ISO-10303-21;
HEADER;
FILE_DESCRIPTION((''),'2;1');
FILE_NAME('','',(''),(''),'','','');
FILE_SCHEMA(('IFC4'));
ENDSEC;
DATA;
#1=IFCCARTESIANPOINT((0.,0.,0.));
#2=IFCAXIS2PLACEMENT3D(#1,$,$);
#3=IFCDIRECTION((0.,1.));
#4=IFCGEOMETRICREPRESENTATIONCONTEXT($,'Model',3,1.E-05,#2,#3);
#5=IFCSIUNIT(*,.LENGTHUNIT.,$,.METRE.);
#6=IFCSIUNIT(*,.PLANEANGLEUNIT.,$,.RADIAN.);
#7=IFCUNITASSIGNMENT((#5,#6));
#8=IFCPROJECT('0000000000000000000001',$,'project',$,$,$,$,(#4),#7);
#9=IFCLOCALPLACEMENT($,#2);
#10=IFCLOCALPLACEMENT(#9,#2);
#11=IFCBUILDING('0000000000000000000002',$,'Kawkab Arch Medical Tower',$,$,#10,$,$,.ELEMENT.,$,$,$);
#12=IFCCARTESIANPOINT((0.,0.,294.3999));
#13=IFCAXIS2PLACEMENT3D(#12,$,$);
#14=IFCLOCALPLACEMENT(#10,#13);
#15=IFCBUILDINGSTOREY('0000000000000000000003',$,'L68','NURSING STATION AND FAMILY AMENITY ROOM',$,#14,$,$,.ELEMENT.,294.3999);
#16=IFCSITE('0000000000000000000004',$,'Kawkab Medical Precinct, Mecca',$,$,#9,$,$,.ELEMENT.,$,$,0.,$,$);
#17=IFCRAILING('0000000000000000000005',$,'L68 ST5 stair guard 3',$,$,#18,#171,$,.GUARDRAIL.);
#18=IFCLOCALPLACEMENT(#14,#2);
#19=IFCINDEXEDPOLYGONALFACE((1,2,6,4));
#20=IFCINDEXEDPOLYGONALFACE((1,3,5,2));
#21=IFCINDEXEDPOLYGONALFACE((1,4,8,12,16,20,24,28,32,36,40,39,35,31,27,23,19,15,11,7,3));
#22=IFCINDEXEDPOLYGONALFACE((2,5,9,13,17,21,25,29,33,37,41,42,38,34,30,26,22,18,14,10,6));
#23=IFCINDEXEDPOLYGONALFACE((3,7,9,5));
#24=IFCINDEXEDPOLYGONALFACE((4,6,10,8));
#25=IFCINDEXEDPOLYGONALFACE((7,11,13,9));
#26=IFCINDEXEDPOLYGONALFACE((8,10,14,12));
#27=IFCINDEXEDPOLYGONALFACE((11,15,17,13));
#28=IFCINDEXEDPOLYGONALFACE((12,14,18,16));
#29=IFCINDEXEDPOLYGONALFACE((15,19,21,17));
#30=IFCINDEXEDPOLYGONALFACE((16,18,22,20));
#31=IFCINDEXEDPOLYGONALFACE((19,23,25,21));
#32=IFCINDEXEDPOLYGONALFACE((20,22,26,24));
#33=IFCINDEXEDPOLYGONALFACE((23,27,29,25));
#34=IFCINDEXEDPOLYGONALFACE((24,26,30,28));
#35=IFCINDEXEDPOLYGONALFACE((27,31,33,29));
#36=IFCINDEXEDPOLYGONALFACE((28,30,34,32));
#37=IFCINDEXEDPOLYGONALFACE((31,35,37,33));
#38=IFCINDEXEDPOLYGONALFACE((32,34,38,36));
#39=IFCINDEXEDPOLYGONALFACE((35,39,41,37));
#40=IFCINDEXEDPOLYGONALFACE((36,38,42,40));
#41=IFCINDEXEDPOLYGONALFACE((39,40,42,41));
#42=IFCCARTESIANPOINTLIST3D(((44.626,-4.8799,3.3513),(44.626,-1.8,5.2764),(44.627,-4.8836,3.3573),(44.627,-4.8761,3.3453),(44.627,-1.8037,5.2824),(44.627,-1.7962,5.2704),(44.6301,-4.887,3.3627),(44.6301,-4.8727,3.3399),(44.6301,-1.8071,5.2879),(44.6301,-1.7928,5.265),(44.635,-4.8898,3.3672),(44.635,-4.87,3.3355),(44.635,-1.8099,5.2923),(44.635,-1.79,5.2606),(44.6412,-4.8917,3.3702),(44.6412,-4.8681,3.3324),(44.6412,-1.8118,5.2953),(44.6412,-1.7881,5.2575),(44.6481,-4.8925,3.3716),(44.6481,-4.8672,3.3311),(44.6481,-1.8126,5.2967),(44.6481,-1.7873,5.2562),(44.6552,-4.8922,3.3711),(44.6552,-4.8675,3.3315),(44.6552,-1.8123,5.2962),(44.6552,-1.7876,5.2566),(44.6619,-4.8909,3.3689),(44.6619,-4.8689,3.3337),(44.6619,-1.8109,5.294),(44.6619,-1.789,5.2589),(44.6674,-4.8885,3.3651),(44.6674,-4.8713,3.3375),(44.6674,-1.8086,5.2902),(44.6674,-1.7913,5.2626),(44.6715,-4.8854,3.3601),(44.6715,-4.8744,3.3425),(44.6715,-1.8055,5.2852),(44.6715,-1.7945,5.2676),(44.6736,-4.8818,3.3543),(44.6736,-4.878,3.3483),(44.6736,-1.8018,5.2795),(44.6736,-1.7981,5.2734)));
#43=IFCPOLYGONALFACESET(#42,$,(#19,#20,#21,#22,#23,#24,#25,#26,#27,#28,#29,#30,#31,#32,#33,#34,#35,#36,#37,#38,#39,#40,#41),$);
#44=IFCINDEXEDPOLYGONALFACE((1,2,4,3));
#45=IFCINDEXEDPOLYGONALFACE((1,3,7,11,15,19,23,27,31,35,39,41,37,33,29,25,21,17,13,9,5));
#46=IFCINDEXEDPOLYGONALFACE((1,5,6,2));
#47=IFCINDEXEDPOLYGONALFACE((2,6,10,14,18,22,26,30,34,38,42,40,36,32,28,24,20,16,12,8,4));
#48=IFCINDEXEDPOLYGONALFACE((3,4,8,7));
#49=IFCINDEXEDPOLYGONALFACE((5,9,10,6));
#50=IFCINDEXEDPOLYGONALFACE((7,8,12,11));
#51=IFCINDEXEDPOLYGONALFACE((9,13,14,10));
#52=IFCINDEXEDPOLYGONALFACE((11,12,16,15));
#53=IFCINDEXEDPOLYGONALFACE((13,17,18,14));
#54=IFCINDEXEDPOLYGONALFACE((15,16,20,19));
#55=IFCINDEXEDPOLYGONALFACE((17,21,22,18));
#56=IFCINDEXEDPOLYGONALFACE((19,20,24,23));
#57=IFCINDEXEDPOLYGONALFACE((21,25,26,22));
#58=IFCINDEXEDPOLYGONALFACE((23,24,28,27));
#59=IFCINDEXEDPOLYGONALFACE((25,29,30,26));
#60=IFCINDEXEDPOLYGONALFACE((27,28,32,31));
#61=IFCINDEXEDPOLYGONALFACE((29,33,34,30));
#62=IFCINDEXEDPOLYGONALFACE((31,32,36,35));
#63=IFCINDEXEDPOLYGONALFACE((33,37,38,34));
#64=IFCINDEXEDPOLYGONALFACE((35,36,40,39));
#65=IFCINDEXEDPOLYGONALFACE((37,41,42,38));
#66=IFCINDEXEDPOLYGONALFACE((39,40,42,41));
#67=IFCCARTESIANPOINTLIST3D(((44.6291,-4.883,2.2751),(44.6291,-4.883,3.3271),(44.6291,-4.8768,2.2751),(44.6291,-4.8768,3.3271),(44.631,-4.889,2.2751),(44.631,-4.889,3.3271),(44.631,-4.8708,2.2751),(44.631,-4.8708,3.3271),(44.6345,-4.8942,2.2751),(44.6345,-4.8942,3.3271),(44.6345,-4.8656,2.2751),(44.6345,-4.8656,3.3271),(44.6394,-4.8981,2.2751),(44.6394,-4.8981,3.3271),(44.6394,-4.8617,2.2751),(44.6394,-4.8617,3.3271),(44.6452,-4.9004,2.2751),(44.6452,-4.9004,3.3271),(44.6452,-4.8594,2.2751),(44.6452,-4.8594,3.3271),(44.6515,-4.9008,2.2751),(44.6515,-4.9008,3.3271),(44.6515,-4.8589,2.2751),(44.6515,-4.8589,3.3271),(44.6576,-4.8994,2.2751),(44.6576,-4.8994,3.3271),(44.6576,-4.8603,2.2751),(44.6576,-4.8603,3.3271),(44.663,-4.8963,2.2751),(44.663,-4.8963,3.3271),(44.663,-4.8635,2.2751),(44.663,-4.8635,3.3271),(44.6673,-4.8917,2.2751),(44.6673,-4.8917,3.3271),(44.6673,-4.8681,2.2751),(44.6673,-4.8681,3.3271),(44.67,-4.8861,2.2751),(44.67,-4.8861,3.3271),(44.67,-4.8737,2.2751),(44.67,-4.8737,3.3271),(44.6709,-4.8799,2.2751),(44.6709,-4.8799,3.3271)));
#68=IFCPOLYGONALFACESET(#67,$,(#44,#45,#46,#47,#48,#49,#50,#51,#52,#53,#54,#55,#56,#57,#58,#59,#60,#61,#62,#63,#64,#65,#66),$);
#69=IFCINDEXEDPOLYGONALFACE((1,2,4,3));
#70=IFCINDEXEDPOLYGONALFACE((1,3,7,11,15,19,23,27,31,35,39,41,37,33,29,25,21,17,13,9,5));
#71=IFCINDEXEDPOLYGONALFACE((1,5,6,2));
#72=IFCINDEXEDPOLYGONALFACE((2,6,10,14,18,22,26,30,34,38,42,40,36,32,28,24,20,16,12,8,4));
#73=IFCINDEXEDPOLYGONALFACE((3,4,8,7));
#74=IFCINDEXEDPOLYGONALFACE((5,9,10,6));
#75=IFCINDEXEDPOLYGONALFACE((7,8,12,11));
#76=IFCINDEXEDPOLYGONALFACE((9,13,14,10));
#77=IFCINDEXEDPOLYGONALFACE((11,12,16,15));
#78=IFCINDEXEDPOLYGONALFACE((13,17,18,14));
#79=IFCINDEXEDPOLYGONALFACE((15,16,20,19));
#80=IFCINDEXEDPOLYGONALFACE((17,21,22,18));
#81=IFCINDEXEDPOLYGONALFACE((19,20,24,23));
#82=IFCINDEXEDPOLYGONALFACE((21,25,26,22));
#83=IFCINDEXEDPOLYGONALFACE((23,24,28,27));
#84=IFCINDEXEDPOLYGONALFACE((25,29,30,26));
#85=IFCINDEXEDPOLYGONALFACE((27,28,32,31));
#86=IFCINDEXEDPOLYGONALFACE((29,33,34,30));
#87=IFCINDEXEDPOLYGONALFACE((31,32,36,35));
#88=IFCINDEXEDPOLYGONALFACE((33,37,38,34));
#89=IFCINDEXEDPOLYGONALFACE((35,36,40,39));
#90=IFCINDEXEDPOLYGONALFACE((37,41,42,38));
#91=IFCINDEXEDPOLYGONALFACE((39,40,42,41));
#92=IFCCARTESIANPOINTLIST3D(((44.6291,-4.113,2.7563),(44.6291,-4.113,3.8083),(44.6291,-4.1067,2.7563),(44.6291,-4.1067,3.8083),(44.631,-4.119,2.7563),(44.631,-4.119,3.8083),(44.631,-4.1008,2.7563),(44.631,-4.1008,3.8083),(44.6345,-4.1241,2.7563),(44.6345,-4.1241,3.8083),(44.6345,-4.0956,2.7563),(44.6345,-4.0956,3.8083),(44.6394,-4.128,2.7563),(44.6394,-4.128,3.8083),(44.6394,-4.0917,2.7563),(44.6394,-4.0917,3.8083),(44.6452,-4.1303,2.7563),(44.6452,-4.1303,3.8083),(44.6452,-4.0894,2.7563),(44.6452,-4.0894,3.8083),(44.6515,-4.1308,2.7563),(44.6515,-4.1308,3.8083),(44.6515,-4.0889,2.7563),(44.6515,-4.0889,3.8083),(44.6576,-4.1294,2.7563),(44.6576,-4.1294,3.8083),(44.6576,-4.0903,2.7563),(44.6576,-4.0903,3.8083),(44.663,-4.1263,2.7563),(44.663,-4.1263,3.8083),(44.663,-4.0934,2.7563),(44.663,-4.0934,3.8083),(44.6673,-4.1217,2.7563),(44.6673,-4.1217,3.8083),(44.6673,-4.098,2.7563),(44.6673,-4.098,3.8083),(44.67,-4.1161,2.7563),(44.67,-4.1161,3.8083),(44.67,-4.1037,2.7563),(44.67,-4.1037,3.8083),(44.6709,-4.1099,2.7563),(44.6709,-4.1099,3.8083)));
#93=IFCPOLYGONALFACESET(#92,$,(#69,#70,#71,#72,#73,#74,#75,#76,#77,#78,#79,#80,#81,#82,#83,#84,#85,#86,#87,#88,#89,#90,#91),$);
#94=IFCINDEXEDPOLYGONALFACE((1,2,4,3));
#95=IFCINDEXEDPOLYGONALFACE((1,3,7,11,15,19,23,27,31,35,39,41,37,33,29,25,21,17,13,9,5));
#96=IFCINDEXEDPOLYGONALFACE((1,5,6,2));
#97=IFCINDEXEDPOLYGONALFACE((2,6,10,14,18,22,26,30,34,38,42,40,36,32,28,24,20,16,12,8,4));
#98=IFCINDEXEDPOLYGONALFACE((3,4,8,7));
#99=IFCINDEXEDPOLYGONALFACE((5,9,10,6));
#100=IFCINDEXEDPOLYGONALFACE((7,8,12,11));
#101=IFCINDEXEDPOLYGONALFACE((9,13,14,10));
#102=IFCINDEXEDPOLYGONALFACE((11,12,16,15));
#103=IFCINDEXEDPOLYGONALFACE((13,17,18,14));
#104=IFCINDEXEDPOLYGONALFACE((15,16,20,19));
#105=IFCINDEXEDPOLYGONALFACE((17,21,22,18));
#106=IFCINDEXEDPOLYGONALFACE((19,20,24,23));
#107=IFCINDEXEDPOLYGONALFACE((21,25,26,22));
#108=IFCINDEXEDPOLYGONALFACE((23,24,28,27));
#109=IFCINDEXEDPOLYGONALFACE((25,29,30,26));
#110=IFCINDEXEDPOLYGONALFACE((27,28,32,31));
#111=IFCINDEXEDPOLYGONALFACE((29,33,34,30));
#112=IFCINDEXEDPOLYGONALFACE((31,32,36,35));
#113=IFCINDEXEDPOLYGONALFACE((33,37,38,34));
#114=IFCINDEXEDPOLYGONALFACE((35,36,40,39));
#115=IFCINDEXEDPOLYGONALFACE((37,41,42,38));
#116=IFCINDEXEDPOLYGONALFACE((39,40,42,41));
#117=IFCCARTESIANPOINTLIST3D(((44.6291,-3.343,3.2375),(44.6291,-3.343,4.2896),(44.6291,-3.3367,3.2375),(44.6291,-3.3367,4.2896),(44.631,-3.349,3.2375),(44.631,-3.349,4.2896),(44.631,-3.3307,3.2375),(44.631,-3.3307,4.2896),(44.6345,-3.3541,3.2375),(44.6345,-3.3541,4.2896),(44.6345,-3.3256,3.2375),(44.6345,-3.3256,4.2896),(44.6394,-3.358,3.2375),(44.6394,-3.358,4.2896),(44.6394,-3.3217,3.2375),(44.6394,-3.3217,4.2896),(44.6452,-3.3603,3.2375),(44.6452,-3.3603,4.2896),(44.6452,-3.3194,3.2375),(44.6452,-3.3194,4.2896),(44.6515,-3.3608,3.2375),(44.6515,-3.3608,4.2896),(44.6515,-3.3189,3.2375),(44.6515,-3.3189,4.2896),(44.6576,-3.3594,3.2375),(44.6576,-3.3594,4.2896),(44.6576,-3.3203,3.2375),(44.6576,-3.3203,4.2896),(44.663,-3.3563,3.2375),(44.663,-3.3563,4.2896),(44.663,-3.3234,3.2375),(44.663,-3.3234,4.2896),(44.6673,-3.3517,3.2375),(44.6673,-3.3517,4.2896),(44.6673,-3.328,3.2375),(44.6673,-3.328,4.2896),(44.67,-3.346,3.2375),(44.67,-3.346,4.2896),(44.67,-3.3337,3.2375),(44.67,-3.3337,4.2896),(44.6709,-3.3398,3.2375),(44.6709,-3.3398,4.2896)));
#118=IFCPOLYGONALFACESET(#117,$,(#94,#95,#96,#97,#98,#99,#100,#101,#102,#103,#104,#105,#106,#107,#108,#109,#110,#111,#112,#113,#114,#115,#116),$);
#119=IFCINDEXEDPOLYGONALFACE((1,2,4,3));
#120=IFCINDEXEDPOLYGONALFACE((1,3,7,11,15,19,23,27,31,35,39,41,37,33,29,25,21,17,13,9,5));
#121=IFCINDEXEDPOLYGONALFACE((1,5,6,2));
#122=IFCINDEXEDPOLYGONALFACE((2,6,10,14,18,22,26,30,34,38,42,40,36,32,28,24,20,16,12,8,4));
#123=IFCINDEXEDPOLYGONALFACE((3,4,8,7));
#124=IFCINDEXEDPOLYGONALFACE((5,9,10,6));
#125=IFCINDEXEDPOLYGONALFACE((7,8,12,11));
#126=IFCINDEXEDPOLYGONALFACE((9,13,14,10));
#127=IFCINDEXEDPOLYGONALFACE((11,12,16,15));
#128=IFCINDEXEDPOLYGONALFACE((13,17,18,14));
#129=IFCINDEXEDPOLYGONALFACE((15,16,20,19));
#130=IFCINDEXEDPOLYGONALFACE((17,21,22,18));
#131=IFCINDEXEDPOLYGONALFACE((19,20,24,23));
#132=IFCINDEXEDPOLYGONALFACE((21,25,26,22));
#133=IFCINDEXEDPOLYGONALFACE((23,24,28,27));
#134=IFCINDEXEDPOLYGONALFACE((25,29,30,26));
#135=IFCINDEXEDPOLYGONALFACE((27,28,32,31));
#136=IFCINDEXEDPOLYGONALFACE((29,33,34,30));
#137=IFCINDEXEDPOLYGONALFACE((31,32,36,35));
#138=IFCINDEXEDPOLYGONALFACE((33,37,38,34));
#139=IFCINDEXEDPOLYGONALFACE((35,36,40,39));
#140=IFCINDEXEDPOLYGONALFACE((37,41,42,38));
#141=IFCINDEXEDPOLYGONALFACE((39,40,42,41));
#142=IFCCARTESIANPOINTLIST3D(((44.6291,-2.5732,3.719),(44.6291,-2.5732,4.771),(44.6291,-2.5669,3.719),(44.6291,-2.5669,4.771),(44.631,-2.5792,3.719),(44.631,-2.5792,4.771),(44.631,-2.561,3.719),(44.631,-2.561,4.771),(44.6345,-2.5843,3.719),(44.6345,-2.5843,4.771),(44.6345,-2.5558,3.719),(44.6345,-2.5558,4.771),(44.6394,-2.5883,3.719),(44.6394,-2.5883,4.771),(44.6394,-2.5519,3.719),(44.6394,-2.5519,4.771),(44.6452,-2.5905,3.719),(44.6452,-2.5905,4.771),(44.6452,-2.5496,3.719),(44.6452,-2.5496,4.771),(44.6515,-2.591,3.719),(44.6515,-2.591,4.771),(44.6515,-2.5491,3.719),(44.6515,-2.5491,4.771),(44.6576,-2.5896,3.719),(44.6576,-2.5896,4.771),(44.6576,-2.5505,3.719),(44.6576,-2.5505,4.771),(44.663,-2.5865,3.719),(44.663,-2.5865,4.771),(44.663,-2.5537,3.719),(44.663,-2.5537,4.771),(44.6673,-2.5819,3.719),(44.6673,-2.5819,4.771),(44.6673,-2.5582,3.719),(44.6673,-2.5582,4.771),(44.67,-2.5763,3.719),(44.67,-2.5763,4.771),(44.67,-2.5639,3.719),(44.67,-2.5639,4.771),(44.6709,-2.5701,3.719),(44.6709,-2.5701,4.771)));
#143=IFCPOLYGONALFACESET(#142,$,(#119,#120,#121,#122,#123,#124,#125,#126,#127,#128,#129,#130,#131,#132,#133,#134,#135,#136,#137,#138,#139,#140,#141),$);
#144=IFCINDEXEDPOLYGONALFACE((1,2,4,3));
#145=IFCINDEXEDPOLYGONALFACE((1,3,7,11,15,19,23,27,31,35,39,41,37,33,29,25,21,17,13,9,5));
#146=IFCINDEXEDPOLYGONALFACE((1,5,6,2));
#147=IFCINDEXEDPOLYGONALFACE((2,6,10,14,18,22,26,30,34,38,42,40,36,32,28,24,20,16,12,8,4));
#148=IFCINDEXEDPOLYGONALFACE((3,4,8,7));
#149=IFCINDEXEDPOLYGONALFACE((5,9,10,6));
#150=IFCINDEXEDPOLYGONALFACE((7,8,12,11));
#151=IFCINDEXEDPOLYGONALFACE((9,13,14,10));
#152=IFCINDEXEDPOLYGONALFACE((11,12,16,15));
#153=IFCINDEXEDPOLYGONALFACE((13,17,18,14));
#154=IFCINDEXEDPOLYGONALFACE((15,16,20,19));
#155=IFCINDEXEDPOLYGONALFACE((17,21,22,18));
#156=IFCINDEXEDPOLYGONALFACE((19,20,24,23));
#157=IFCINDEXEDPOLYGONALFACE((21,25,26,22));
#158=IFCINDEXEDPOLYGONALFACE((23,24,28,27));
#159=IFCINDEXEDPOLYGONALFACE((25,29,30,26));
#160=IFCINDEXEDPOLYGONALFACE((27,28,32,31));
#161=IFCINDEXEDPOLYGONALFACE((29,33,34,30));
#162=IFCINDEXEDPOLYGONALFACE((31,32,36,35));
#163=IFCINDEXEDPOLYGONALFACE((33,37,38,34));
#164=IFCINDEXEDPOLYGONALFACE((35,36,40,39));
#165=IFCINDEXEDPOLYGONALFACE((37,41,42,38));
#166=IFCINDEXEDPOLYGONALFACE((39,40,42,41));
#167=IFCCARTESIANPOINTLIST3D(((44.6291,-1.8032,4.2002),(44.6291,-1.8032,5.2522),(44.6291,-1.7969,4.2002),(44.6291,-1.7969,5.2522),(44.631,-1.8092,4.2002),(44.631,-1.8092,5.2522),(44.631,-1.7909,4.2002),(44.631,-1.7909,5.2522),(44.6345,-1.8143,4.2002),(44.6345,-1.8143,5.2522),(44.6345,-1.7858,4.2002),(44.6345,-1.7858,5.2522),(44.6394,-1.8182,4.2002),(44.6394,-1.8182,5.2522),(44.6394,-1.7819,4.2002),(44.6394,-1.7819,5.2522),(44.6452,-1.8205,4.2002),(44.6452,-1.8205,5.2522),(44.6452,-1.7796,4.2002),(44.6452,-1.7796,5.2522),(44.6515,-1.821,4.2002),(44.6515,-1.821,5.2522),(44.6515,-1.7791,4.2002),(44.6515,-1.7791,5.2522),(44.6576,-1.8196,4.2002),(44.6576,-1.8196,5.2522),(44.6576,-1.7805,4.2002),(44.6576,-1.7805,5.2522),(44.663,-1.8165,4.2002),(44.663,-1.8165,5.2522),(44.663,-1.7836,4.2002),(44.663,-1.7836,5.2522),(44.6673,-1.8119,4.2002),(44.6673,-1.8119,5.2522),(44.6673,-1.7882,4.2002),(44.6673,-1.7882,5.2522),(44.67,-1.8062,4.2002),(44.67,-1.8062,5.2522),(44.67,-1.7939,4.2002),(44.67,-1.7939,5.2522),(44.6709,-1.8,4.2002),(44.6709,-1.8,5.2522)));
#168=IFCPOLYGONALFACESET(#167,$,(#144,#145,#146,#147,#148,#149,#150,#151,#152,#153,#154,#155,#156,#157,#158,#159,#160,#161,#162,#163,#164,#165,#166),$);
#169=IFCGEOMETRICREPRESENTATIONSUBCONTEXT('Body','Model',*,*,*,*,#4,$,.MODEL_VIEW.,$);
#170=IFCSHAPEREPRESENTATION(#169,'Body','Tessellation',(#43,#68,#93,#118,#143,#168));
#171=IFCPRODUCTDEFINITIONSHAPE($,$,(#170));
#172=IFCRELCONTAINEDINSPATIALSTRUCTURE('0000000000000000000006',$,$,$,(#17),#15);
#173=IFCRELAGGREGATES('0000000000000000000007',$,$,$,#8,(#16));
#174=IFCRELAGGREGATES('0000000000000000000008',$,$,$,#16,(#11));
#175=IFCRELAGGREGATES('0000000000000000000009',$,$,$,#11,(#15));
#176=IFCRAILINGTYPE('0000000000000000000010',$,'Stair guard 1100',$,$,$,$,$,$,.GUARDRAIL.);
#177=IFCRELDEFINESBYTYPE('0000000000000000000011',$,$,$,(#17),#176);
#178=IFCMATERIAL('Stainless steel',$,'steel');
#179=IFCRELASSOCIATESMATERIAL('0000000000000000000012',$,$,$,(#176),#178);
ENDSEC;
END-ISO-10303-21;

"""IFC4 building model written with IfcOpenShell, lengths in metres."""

from ifc_helpers import new_model, si_unit, direction, frame, origin, origin_2d, place, context, subcontext, project, spatial, circle, extrude, material, type_object, element, save


model = new_model("IFC4")

# Units and contexts
model_context = context("Model", 3, precision=1e-05, world=origin(), true_north=direction((0.0, 1.0)))
body_context = subcontext(model_context, "Body", "Model", "MODEL_VIEW")
ifc_project = project(units=[si_unit("LENGTHUNIT", "METRE"), si_unit("PLANEANGLEUNIT", "RADIAN")], contexts=[model_context])

# Site, building, storey
site_placement = place(None, origin())
site = spatial("IfcSite", under=ifc_project, at=site_placement, Name="Kawkab Medical Precinct, Mecca", CompositionType="ELEMENT", RefElevation=0.0)
building_placement = place(site_placement, origin())
building = spatial("IfcBuilding", under=site, at=building_placement, Name="Kawkab Arch Medical Tower", CompositionType="ELEMENT")
storey_placement = place(building_placement, frame((0.0, 0.0, 294.3999)))
storey = spatial("IfcBuildingStorey", under=building, at=storey_placement, Name="L68", Description="NURSING STATION AND FAMILY AMENITY ROOM", CompositionType="ELEMENT", Elevation=294.3999)

# Railing
ifc_material_1 = material(Name="Stainless steel", Category="steel")
railing_type_1 = type_object("IfcRailingType", Name="Stair guard 1100", PredefinedType="GUARDRAIL", material=ifc_material_1)
railing_1_placement = place(storey_placement, frame((44.6499, -4.8799, 2.2751)))
element("IfcRailing", 1, at=railing_1_placement, inside=storey, type_object=railing_type_1, Name="L68 ST5 stair guard 3", PredefinedType="GUARDRAIL", context=body_context, shape_type="SweptSolid", body=[
    extrude(circle(Radius=0.0239, at=origin_2d()), frame((0.0, 0.0, 1.0762), z_axis=(0.0, 0.847979, 0.530029), x_axis=(-1.0, 0.0, 0.0)), (0.0, 0.0, 1.0), 3.6321),
    extrude(circle(Radius=0.021, at=origin_2d()), origin(), (0.0, 0.0, 1.0), 1.052),
    extrude(circle(Radius=0.021, at=origin_2d()), frame((0.0, 0.77, 0.4812)), (0.0, 0.0, 1.0), 1.052),
    extrude(circle(Radius=0.021, at=origin_2d()), frame((0.0, 1.54, 0.9624)), (0.0, 0.0, 1.0), 1.052),
    extrude(circle(Radius=0.021, at=origin_2d()), frame((0.0, 2.3098, 1.4438)), (0.0, 0.0, 1.0), 1.052),
    extrude(circle(Radius=0.021, at=origin_2d()), frame((0.0, 3.0798, 1.925)), (0.0, 0.0, 1.0), 1.052),
])

save(model, "model.ifc")
